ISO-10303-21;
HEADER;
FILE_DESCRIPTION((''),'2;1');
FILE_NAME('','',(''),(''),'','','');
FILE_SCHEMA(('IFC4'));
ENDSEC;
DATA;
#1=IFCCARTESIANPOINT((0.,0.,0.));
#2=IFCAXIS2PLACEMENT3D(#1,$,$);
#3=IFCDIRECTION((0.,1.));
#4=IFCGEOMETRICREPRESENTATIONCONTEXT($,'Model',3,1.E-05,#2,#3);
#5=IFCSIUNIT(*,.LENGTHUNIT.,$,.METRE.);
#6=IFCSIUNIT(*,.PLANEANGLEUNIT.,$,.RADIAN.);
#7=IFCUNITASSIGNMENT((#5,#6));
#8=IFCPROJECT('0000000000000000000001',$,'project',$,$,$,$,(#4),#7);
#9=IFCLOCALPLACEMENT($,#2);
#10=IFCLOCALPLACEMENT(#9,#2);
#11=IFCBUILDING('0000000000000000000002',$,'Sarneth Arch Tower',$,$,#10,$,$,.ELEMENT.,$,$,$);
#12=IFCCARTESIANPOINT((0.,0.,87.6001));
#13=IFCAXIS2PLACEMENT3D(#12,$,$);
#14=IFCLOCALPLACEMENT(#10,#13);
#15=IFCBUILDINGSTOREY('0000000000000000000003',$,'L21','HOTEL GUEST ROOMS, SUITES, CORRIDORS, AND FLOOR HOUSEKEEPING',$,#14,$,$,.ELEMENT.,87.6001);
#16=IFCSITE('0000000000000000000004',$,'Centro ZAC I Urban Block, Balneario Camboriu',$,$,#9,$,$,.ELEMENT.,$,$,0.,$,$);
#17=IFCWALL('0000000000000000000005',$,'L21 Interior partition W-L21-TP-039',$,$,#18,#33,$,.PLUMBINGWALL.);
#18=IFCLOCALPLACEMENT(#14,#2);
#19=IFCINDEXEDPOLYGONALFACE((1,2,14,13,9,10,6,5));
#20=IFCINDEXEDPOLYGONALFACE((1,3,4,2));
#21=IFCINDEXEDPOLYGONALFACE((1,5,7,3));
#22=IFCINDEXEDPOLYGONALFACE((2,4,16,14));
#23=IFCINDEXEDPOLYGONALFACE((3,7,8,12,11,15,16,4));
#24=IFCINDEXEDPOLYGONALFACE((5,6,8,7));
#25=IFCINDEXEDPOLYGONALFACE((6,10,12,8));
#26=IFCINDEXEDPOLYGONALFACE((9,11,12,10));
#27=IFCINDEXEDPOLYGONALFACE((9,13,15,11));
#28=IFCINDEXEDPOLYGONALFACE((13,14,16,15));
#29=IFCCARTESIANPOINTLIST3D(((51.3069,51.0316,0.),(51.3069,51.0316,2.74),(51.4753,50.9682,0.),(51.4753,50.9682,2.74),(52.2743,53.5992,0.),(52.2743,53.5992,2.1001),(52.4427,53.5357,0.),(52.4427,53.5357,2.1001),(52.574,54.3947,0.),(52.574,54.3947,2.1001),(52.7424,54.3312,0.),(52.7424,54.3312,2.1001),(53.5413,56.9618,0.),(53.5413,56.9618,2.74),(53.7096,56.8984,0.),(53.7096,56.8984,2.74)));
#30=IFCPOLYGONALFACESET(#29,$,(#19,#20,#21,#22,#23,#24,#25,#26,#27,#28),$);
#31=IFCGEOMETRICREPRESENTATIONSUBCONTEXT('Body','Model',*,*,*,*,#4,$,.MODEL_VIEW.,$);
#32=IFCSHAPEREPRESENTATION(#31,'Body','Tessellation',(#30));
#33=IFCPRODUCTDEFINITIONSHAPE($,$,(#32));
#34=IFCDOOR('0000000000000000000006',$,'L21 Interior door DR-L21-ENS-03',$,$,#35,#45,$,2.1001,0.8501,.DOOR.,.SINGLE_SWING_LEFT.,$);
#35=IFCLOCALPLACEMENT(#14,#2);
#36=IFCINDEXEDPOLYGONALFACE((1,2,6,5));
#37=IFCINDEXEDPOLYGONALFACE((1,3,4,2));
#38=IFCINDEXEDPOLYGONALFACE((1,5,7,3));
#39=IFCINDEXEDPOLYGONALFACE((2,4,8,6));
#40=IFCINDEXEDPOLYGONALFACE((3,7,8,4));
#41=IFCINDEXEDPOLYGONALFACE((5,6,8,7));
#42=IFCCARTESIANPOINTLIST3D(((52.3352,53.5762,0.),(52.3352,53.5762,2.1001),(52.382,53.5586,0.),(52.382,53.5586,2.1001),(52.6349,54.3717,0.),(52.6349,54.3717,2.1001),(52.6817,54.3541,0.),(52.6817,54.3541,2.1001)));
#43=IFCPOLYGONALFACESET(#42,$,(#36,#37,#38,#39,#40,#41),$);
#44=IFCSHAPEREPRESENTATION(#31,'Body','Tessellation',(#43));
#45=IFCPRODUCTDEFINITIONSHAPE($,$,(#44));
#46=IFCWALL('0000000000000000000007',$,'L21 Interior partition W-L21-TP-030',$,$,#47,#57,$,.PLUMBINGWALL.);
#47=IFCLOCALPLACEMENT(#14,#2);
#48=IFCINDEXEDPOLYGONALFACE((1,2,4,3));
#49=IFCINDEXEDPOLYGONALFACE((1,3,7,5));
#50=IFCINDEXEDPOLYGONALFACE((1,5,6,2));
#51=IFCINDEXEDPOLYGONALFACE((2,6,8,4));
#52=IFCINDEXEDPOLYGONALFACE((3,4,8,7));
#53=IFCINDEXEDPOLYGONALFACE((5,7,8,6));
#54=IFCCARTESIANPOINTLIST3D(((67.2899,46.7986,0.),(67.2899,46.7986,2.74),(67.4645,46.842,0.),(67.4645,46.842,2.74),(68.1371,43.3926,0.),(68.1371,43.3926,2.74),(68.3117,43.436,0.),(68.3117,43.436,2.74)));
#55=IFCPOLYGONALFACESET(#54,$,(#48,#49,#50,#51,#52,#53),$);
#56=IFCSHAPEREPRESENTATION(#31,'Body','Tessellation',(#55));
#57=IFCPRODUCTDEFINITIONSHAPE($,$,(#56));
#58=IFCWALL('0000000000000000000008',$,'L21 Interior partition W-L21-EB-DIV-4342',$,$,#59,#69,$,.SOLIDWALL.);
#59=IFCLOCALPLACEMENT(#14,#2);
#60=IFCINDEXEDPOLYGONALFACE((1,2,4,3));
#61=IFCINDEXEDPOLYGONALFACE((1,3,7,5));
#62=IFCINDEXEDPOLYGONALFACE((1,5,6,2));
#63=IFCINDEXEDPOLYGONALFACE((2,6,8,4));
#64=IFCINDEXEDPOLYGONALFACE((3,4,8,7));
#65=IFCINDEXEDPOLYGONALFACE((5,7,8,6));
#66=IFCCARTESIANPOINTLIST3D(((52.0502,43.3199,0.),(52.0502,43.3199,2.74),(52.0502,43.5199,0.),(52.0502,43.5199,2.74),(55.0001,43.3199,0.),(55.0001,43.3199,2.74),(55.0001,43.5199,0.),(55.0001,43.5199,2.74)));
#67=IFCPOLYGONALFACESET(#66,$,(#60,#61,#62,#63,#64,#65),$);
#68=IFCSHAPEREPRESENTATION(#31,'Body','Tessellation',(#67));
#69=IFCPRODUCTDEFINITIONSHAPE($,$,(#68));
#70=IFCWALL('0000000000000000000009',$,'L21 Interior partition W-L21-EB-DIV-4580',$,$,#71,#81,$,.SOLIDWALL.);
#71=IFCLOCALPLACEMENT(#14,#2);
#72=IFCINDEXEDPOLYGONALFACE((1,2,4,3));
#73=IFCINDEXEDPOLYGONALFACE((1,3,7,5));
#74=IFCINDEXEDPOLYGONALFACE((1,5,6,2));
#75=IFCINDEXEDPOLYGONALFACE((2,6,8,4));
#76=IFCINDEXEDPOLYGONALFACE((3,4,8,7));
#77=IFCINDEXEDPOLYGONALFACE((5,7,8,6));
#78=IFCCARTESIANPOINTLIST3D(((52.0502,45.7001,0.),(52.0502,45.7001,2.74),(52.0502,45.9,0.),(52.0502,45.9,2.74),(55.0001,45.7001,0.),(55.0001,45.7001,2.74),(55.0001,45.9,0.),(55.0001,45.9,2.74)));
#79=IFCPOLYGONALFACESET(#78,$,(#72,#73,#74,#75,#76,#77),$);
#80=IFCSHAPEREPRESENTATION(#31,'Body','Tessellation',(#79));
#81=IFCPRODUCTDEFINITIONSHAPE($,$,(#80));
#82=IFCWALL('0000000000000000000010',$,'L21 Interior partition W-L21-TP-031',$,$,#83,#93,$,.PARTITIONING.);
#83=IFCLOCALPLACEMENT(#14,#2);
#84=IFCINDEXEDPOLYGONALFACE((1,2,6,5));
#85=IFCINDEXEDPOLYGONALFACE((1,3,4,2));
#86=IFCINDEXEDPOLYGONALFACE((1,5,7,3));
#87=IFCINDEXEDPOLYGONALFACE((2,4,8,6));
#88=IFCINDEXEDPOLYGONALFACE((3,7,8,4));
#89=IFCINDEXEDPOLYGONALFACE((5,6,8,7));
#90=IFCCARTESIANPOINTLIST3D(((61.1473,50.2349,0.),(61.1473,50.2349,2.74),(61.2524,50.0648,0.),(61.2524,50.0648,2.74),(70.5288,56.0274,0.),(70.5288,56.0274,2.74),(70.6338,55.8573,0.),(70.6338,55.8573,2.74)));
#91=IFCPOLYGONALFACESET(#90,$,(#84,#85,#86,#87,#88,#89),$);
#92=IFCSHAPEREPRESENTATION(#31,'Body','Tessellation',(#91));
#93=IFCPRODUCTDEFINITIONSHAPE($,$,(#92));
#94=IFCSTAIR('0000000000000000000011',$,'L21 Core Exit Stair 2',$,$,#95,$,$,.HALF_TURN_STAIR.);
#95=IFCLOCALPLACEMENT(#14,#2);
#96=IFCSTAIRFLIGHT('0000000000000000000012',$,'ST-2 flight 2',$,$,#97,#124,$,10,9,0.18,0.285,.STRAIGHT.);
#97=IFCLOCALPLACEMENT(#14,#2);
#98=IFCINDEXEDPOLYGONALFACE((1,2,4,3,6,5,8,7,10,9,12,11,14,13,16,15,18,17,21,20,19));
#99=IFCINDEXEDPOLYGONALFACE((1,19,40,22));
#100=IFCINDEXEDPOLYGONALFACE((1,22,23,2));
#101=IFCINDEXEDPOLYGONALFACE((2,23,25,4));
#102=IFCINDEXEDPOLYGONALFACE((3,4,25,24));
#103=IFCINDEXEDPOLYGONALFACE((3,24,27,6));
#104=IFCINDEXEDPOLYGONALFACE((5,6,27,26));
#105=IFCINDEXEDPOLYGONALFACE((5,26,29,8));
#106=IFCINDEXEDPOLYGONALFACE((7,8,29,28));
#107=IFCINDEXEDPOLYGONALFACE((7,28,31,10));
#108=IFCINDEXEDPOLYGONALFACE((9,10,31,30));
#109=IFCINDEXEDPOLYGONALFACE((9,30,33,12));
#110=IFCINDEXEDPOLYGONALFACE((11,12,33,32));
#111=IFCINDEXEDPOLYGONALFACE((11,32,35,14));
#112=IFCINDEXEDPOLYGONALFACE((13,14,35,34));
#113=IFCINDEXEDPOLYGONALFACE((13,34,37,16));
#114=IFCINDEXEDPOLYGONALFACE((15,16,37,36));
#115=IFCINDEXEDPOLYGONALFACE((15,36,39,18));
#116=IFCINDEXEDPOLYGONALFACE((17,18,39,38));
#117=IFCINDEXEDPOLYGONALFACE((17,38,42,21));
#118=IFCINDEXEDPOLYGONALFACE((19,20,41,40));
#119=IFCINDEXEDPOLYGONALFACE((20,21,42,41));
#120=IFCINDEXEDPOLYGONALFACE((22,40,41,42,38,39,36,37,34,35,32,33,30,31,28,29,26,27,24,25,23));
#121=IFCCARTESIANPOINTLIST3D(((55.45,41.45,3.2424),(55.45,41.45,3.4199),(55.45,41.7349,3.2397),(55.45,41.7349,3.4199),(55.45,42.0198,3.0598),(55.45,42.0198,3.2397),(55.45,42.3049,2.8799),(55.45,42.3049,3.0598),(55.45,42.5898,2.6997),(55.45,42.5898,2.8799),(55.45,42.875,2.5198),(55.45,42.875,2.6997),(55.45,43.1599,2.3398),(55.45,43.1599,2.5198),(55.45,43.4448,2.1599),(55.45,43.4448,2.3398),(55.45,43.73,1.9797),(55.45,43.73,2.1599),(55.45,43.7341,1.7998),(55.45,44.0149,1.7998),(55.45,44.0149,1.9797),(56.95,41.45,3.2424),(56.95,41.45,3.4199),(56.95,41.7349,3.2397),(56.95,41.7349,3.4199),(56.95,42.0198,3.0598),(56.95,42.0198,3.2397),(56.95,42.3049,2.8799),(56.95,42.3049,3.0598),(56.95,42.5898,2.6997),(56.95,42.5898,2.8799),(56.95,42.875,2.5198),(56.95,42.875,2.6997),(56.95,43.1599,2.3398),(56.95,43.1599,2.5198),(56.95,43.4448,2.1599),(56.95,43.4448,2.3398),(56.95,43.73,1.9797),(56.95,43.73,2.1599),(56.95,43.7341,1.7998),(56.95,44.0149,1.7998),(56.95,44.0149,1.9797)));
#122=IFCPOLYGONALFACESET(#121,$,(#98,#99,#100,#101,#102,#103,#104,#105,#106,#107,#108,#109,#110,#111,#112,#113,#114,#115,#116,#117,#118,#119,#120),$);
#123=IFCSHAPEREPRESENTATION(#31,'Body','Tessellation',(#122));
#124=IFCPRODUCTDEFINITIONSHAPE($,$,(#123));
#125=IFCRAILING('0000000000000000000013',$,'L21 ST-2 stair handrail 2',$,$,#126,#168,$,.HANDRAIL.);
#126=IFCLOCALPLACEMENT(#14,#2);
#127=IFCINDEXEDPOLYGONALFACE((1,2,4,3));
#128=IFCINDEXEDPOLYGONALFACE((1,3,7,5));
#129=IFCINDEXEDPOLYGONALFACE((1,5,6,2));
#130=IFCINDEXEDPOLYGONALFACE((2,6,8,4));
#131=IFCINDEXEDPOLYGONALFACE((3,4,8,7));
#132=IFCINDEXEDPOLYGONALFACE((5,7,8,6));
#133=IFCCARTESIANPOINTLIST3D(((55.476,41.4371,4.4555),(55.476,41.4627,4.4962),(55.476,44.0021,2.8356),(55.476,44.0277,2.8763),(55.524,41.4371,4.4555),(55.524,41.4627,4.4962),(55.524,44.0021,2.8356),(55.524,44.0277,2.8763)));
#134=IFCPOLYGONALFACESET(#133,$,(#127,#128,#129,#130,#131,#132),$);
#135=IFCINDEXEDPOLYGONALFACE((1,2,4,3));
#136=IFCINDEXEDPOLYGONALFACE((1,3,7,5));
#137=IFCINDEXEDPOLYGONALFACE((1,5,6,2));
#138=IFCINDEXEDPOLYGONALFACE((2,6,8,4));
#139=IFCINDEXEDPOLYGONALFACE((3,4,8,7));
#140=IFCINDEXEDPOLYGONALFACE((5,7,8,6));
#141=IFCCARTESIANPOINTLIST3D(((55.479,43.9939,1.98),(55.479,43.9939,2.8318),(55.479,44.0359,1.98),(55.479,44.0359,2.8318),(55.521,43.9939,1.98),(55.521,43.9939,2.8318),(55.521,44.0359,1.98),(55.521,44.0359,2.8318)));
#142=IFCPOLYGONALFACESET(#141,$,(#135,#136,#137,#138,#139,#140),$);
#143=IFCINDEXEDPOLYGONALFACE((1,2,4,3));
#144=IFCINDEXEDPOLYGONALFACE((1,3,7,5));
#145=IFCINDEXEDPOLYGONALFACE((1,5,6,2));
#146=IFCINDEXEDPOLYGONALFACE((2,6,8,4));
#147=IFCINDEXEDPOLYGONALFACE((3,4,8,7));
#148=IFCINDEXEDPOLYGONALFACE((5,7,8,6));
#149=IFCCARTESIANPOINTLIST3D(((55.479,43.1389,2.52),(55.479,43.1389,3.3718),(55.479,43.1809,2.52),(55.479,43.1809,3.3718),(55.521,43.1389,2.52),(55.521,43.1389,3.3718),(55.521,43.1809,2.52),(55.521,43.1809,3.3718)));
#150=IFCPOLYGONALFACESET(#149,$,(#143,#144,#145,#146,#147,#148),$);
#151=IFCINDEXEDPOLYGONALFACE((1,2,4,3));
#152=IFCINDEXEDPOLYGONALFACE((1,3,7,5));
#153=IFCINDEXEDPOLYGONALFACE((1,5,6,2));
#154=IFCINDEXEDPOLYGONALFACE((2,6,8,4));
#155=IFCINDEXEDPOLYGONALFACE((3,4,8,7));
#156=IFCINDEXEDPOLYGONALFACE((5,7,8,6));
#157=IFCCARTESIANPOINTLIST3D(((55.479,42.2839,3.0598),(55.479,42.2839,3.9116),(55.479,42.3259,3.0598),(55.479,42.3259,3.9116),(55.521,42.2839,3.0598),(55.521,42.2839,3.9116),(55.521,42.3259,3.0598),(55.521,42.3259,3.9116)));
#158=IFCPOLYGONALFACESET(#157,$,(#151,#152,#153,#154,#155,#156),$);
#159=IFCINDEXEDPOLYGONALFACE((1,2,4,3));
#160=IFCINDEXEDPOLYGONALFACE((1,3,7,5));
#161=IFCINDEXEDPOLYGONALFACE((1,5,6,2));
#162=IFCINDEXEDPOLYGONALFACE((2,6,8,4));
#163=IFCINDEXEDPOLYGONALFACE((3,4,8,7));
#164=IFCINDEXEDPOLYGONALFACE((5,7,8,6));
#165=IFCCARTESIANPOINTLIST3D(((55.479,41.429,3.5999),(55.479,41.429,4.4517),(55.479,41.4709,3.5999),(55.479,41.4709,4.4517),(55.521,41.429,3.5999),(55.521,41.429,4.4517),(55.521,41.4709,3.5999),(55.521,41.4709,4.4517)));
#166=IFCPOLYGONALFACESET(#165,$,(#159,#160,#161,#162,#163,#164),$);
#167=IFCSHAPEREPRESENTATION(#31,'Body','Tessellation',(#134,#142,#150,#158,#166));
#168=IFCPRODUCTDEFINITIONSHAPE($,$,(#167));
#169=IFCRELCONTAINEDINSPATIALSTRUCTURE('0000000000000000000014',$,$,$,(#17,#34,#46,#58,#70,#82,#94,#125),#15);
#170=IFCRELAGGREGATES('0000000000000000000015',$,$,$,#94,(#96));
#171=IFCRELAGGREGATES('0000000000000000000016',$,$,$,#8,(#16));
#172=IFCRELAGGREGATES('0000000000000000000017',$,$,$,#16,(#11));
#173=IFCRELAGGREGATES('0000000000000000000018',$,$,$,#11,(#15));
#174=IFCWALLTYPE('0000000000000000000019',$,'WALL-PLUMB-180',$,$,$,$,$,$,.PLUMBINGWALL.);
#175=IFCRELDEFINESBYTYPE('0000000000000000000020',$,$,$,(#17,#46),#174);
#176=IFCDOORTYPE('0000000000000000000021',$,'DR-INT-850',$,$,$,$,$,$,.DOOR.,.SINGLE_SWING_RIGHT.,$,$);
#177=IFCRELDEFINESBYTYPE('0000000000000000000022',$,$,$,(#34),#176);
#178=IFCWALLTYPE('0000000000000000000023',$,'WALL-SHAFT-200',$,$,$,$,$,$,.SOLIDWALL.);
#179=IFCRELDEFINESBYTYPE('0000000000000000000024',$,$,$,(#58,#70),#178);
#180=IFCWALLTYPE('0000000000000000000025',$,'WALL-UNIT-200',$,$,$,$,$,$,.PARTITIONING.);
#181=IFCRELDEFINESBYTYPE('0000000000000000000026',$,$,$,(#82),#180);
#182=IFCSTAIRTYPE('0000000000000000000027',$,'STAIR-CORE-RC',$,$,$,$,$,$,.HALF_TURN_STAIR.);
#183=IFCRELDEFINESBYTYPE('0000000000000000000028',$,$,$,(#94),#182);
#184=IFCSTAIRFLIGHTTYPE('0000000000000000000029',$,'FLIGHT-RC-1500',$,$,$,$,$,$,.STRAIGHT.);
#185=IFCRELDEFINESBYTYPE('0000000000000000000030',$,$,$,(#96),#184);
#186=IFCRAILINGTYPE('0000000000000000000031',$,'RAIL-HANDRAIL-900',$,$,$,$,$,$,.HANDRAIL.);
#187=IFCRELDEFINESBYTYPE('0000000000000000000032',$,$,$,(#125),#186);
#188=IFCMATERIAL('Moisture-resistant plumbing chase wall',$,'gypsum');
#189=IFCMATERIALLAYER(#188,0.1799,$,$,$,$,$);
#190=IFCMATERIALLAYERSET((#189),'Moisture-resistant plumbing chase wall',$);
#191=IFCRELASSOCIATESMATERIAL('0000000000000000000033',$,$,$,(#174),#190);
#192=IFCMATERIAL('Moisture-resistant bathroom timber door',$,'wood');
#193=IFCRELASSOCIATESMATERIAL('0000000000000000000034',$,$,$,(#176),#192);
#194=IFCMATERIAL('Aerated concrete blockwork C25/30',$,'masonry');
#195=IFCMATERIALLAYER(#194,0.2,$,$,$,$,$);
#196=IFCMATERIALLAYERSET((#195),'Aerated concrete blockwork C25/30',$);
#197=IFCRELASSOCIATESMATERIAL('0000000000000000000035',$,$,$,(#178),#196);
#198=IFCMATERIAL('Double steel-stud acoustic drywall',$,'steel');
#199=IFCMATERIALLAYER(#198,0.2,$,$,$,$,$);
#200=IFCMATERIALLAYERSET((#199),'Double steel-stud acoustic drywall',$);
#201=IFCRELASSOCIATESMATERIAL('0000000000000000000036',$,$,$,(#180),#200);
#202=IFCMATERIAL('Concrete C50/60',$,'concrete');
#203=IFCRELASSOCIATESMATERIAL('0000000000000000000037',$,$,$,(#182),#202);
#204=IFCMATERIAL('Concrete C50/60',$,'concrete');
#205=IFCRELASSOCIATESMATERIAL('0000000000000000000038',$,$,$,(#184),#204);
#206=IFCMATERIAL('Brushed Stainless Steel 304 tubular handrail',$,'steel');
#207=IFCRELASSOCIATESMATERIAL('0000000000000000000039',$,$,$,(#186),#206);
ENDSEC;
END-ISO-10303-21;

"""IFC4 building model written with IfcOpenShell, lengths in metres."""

from ifc_helpers import new_model, si_unit, direction, frame, frame_2d, origin, origin_2d, place, context, subcontext, project, spatial, polyline, rectangle, outline, extrude, material, layer, layer_set, type_object, element, fill, aggregate, save


model = new_model("IFC4")

# Units and contexts
model_context = context("Model", 3, precision=1e-05, world=origin(), true_north=direction((0.0, 1.0)))
body_context = subcontext(model_context, "Body", "Model", "MODEL_VIEW")
ifc_project = project(units=[si_unit("LENGTHUNIT", "METRE"), si_unit("PLANEANGLEUNIT", "RADIAN")], contexts=[model_context])

# Site, building, storey
site_placement = place(None, origin())
site = spatial("IfcSite", under=ifc_project, at=site_placement, Name="Centro ZAC I Urban Block, Balneario Camboriu", CompositionType="ELEMENT", RefElevation=0.0)
building_placement = place(site_placement, origin())
building = spatial("IfcBuilding", under=site, at=building_placement, Name="Sarneth Arch Tower", CompositionType="ELEMENT")
storey_placement = place(building_placement, frame((0.0, 0.0, 87.6001)))
storey = spatial("IfcBuildingStorey", under=building, at=storey_placement, Name="L21", Description="HOTEL GUEST ROOMS, SUITES, CORRIDORS, AND FLOOR HOUSEKEEPING", CompositionType="ELEMENT", Elevation=87.6001)

# Wall, opening, door
ifc_material_1 = material(Name="Moisture-resistant plumbing chase wall", Category="gypsum")
ifc_layer_1 = layer(ifc_material_1, 0.1799)
ifc_layer_set_1 = layer_set([ifc_layer_1], Name="Moisture-resistant plumbing chase wall")
wall_type_1 = type_object("IfcWallType", Name="WALL-PLUMB-180", PredefinedType="PLUMBINGWALL", material=ifc_layer_set_1)
ifc_material_2 = material(Name="Moisture-resistant bathroom timber door", Category="wood")
door_type_1 = type_object("IfcDoorType", Name="DR-INT-850", OperationType="SINGLE_SWING_RIGHT", PredefinedType="DOOR", material=ifc_material_2)
wall_1_placement = place(storey_placement, frame((51.3911, 51.0, 0.0), z_axis=(0.0, 0.0, 1.0), x_axis=(0.352584, 0.93578, 0.0)))
wall_1 = element("IfcWall", 1, at=wall_1_placement, inside=storey, type_object=wall_type_1, Name="L21 Interior partition W-L21-TP-039", PredefinedType="PLUMBINGWALL", context=body_context, shape_type="SweptSolid", body=[
    extrude(rectangle(XDim=6.3372, YDim=0.1799, at=frame_2d((3.1685, 0.0))), origin(), (0.0, 0.0, 1.0), 2.74),
])
opening_1_placement = place(wall_1_placement, frame((2.7437, 0.0, 0.0)))
opening_1 = element("IfcOpeningElement", 2, at=opening_1_placement, cuts=wall_1, PredefinedType="OPENING", context=body_context, shape_type="SweptSolid", body=[
    extrude(rectangle(XDim=0.8501, YDim=2.1001, at=frame_2d((0.425, 1.05))), frame((0.0, 0.0999, 0.0), z_axis=(0.0, -1.0, 0.0), x_axis=(1.0, 0.0, 0.0)), (0.0, 0.0, 1.0), 0.2),
])
door_1_placement = place(opening_1_placement, origin())
door_1 = element("IfcDoor", 3, at=door_1_placement, inside=storey, type_object=door_type_1, Name="L21 Interior door DR-L21-ENS-03", OperationType="SINGLE_SWING_LEFT", OverallHeight=2.1001, OverallWidth=0.8501, PredefinedType="DOOR", context=body_context, shape_type="SweptSolid", body=[
    extrude(rectangle(XDim=0.8501, YDim=2.1001, at=frame_2d((0.425, 1.05))), frame((0.0, 0.0249, 0.0), z_axis=(0.0, -1.0, 0.0), x_axis=(1.0, 0.0, 0.0)), (0.0, 0.0, 1.0), 0.05),
])
fill(opening_1, door_1)

# Walls
wall_2_placement = place(storey_placement, frame((67.3772, 46.8203, 0.0), z_axis=(0.0, 0.0, 1.0), x_axis=(0.241373, -0.970432, 0.0)))
element("IfcWall", 4, at=wall_2_placement, inside=storey, type_object=wall_type_1, Name="L21 Interior partition W-L21-TP-030", PredefinedType="PLUMBINGWALL", context=body_context, shape_type="SweptSolid", body=[
    extrude(rectangle(XDim=3.5098, YDim=0.1799, at=frame_2d((1.7549, 0.0))), origin(), (0.0, 0.0, 1.0), 2.74),
])
ifc_material_3 = material(Name="Aerated concrete blockwork C25/30", Category="masonry")
ifc_layer_2 = layer(ifc_material_3, 0.2)
ifc_layer_set_2 = layer_set([ifc_layer_2], Name="Aerated concrete blockwork C25/30")
wall_type_2 = type_object("IfcWallType", Name="WALL-SHAFT-200", PredefinedType="SOLIDWALL", material=ifc_layer_set_2)
for number, where, z_axis, x_axis, name in (
    (5, (52.05, 43.4199, 0.0), (0.0, 0.0, 1.0), (1.0, 0.0, 0.0), "L21 Interior partition W-L21-EB-DIV-4342"),
    (6, (52.05, 45.8, 0.0), (0.0, 0.0, 1.0), (1.0, 0.0, 0.0), "L21 Interior partition W-L21-EB-DIV-4580"),
):
    element("IfcWall", number, at=place(storey_placement, frame(where, z_axis=z_axis, x_axis=x_axis)), inside=storey, type_object=wall_type_2, Name=name, PredefinedType="SOLIDWALL", context=body_context, shape_type="SweptSolid", body=[
        extrude(rectangle(XDim=2.95, YDim=0.2, at=frame_2d((1.4751, 0.0))), origin(), (0.0, 0.0, 1.0), 2.74),
    ])
ifc_material_4 = material(Name="Double steel-stud acoustic drywall", Category="steel")
ifc_layer_3 = layer(ifc_material_4, 0.2)
ifc_layer_set_3 = layer_set([ifc_layer_3], Name="Double steel-stud acoustic drywall")
wall_type_3 = type_object("IfcWallType", Name="WALL-UNIT-200", PredefinedType="PARTITIONING", material=ifc_layer_set_3)
wall_3_placement = place(storey_placement, frame((61.2, 50.1499, 0.0), z_axis=(0.0, 0.0, 1.0), x_axis=(0.850874, 0.525369, 0.0)))
element("IfcWall", 7, at=wall_3_placement, inside=storey, type_object=wall_type_3, Name="L21 Interior partition W-L21-TP-031", PredefinedType="PARTITIONING", context=body_context, shape_type="SweptSolid", body=[
    extrude(rectangle(XDim=11.0256, YDim=0.2, at=frame_2d((5.5127, 0.0))), origin(), (0.0, 0.0, 1.0), 2.74),
])

# Stair, stair flight
ifc_material_5 = material(Name="Concrete C50/60", Category="concrete")
stair_type = type_object("IfcStairType", Name="STAIR-CORE-RC", PredefinedType="HALF_TURN_STAIR", material=ifc_material_5)
stair_placement = place(storey_placement, origin())
stair = element("IfcStair", 8, at=stair_placement, inside=storey, type_object=stair_type, Name="L21 Core Exit Stair 2", PredefinedType="HALF_TURN_STAIR")
ifc_material_6 = material(Name="Concrete C50/60", Category="concrete")
stair_flight_type = type_object("IfcStairFlightType", Name="FLIGHT-RC-1500", PredefinedType="STRAIGHT", material=ifc_material_6)
stair_flight_placement = place(storey_placement, frame((56.2, 44.0149, 1.7998), z_axis=(0.0, 0.0, 1.0), x_axis=(0.0, -1.0, 0.0)))
stair_flight = element("IfcStairFlight", 9, at=stair_flight_placement, type_object=stair_flight_type, Name="ST-2 flight 2", NumberOfRisers=10, NumberOfTreads=9, PredefinedType="STRAIGHT", RiserHeight=0.18, TreadLength=0.285, context=body_context, shape_type="SweptSolid", body=[
    extrude(outline(polyline([(0.0, 0.0), (0.0, 0.1799), (0.2849, 0.1799), (0.2849, 0.3601), (0.5701, 0.3601), (0.5701, 0.54), (0.855, 0.54), (0.855, 0.72), (1.1399, 0.72), (1.1399, 0.8999), (1.425, 0.8999), (1.425, 1.0801), (1.71, 1.0801), (1.71, 1.26), (1.9951, 1.26), (1.9951, 1.4399), (2.28, 1.4399), (2.28, 1.6201), (2.5649, 1.6201), (2.5649, 1.8), (2.5649, 1.4426), (0.2808, 0.0), (0.0, 0.0)])), frame((0.0, 0.75, 0.0), z_axis=(0.0, -1.0, 0.0), x_axis=(1.0, 0.0, 0.0)), (0.0, 0.0, 1.0), 1.5),
])
aggregate(stair, [stair_flight])

# Railing
ifc_material_7 = material(Name="Brushed Stainless Steel 304 tubular handrail", Category="steel")
railing_type_1 = type_object("IfcRailingType", Name="RAIL-HANDRAIL-900", PredefinedType="HANDRAIL", material=ifc_material_7)
railing_1_placement = place(storey_placement, frame((55.5, 44.0149, 1.98)))
element("IfcRailing", 10, at=railing_1_placement, inside=storey, type_object=railing_type_1, Name="L21 ST-2 stair handrail 2", PredefinedType="HANDRAIL", context=body_context, shape_type="SweptSolid", body=[
    extrude(rectangle(XDim=0.0481, YDim=0.0481, at=origin_2d()), frame((0.0, 0.0, 0.876), z_axis=(0.0, -0.845502, 0.533972), x_axis=(1.0, 0.0, 0.0)), (0.0, 0.0, 1.0), 3.0337),
    extrude(rectangle(XDim=0.042, YDim=0.042, at=origin_2d()), origin(), (0.0, 0.0, 1.0), 0.8518),
    extrude(rectangle(XDim=0.042, YDim=0.042, at=origin_2d()), frame((0.0, -0.855, 0.54)), (0.0, 0.0, 1.0), 0.8518),
    extrude(rectangle(XDim=0.042, YDim=0.042, at=origin_2d()), frame((0.0, -1.71, 1.0798)), (0.0, 0.0, 1.0), 0.8518),
    extrude(rectangle(XDim=0.042, YDim=0.042, at=origin_2d()), frame((0.0, -2.5649, 1.6199)), (0.0, 0.0, 1.0), 0.8518),
])

save(model, "model.ifc")
